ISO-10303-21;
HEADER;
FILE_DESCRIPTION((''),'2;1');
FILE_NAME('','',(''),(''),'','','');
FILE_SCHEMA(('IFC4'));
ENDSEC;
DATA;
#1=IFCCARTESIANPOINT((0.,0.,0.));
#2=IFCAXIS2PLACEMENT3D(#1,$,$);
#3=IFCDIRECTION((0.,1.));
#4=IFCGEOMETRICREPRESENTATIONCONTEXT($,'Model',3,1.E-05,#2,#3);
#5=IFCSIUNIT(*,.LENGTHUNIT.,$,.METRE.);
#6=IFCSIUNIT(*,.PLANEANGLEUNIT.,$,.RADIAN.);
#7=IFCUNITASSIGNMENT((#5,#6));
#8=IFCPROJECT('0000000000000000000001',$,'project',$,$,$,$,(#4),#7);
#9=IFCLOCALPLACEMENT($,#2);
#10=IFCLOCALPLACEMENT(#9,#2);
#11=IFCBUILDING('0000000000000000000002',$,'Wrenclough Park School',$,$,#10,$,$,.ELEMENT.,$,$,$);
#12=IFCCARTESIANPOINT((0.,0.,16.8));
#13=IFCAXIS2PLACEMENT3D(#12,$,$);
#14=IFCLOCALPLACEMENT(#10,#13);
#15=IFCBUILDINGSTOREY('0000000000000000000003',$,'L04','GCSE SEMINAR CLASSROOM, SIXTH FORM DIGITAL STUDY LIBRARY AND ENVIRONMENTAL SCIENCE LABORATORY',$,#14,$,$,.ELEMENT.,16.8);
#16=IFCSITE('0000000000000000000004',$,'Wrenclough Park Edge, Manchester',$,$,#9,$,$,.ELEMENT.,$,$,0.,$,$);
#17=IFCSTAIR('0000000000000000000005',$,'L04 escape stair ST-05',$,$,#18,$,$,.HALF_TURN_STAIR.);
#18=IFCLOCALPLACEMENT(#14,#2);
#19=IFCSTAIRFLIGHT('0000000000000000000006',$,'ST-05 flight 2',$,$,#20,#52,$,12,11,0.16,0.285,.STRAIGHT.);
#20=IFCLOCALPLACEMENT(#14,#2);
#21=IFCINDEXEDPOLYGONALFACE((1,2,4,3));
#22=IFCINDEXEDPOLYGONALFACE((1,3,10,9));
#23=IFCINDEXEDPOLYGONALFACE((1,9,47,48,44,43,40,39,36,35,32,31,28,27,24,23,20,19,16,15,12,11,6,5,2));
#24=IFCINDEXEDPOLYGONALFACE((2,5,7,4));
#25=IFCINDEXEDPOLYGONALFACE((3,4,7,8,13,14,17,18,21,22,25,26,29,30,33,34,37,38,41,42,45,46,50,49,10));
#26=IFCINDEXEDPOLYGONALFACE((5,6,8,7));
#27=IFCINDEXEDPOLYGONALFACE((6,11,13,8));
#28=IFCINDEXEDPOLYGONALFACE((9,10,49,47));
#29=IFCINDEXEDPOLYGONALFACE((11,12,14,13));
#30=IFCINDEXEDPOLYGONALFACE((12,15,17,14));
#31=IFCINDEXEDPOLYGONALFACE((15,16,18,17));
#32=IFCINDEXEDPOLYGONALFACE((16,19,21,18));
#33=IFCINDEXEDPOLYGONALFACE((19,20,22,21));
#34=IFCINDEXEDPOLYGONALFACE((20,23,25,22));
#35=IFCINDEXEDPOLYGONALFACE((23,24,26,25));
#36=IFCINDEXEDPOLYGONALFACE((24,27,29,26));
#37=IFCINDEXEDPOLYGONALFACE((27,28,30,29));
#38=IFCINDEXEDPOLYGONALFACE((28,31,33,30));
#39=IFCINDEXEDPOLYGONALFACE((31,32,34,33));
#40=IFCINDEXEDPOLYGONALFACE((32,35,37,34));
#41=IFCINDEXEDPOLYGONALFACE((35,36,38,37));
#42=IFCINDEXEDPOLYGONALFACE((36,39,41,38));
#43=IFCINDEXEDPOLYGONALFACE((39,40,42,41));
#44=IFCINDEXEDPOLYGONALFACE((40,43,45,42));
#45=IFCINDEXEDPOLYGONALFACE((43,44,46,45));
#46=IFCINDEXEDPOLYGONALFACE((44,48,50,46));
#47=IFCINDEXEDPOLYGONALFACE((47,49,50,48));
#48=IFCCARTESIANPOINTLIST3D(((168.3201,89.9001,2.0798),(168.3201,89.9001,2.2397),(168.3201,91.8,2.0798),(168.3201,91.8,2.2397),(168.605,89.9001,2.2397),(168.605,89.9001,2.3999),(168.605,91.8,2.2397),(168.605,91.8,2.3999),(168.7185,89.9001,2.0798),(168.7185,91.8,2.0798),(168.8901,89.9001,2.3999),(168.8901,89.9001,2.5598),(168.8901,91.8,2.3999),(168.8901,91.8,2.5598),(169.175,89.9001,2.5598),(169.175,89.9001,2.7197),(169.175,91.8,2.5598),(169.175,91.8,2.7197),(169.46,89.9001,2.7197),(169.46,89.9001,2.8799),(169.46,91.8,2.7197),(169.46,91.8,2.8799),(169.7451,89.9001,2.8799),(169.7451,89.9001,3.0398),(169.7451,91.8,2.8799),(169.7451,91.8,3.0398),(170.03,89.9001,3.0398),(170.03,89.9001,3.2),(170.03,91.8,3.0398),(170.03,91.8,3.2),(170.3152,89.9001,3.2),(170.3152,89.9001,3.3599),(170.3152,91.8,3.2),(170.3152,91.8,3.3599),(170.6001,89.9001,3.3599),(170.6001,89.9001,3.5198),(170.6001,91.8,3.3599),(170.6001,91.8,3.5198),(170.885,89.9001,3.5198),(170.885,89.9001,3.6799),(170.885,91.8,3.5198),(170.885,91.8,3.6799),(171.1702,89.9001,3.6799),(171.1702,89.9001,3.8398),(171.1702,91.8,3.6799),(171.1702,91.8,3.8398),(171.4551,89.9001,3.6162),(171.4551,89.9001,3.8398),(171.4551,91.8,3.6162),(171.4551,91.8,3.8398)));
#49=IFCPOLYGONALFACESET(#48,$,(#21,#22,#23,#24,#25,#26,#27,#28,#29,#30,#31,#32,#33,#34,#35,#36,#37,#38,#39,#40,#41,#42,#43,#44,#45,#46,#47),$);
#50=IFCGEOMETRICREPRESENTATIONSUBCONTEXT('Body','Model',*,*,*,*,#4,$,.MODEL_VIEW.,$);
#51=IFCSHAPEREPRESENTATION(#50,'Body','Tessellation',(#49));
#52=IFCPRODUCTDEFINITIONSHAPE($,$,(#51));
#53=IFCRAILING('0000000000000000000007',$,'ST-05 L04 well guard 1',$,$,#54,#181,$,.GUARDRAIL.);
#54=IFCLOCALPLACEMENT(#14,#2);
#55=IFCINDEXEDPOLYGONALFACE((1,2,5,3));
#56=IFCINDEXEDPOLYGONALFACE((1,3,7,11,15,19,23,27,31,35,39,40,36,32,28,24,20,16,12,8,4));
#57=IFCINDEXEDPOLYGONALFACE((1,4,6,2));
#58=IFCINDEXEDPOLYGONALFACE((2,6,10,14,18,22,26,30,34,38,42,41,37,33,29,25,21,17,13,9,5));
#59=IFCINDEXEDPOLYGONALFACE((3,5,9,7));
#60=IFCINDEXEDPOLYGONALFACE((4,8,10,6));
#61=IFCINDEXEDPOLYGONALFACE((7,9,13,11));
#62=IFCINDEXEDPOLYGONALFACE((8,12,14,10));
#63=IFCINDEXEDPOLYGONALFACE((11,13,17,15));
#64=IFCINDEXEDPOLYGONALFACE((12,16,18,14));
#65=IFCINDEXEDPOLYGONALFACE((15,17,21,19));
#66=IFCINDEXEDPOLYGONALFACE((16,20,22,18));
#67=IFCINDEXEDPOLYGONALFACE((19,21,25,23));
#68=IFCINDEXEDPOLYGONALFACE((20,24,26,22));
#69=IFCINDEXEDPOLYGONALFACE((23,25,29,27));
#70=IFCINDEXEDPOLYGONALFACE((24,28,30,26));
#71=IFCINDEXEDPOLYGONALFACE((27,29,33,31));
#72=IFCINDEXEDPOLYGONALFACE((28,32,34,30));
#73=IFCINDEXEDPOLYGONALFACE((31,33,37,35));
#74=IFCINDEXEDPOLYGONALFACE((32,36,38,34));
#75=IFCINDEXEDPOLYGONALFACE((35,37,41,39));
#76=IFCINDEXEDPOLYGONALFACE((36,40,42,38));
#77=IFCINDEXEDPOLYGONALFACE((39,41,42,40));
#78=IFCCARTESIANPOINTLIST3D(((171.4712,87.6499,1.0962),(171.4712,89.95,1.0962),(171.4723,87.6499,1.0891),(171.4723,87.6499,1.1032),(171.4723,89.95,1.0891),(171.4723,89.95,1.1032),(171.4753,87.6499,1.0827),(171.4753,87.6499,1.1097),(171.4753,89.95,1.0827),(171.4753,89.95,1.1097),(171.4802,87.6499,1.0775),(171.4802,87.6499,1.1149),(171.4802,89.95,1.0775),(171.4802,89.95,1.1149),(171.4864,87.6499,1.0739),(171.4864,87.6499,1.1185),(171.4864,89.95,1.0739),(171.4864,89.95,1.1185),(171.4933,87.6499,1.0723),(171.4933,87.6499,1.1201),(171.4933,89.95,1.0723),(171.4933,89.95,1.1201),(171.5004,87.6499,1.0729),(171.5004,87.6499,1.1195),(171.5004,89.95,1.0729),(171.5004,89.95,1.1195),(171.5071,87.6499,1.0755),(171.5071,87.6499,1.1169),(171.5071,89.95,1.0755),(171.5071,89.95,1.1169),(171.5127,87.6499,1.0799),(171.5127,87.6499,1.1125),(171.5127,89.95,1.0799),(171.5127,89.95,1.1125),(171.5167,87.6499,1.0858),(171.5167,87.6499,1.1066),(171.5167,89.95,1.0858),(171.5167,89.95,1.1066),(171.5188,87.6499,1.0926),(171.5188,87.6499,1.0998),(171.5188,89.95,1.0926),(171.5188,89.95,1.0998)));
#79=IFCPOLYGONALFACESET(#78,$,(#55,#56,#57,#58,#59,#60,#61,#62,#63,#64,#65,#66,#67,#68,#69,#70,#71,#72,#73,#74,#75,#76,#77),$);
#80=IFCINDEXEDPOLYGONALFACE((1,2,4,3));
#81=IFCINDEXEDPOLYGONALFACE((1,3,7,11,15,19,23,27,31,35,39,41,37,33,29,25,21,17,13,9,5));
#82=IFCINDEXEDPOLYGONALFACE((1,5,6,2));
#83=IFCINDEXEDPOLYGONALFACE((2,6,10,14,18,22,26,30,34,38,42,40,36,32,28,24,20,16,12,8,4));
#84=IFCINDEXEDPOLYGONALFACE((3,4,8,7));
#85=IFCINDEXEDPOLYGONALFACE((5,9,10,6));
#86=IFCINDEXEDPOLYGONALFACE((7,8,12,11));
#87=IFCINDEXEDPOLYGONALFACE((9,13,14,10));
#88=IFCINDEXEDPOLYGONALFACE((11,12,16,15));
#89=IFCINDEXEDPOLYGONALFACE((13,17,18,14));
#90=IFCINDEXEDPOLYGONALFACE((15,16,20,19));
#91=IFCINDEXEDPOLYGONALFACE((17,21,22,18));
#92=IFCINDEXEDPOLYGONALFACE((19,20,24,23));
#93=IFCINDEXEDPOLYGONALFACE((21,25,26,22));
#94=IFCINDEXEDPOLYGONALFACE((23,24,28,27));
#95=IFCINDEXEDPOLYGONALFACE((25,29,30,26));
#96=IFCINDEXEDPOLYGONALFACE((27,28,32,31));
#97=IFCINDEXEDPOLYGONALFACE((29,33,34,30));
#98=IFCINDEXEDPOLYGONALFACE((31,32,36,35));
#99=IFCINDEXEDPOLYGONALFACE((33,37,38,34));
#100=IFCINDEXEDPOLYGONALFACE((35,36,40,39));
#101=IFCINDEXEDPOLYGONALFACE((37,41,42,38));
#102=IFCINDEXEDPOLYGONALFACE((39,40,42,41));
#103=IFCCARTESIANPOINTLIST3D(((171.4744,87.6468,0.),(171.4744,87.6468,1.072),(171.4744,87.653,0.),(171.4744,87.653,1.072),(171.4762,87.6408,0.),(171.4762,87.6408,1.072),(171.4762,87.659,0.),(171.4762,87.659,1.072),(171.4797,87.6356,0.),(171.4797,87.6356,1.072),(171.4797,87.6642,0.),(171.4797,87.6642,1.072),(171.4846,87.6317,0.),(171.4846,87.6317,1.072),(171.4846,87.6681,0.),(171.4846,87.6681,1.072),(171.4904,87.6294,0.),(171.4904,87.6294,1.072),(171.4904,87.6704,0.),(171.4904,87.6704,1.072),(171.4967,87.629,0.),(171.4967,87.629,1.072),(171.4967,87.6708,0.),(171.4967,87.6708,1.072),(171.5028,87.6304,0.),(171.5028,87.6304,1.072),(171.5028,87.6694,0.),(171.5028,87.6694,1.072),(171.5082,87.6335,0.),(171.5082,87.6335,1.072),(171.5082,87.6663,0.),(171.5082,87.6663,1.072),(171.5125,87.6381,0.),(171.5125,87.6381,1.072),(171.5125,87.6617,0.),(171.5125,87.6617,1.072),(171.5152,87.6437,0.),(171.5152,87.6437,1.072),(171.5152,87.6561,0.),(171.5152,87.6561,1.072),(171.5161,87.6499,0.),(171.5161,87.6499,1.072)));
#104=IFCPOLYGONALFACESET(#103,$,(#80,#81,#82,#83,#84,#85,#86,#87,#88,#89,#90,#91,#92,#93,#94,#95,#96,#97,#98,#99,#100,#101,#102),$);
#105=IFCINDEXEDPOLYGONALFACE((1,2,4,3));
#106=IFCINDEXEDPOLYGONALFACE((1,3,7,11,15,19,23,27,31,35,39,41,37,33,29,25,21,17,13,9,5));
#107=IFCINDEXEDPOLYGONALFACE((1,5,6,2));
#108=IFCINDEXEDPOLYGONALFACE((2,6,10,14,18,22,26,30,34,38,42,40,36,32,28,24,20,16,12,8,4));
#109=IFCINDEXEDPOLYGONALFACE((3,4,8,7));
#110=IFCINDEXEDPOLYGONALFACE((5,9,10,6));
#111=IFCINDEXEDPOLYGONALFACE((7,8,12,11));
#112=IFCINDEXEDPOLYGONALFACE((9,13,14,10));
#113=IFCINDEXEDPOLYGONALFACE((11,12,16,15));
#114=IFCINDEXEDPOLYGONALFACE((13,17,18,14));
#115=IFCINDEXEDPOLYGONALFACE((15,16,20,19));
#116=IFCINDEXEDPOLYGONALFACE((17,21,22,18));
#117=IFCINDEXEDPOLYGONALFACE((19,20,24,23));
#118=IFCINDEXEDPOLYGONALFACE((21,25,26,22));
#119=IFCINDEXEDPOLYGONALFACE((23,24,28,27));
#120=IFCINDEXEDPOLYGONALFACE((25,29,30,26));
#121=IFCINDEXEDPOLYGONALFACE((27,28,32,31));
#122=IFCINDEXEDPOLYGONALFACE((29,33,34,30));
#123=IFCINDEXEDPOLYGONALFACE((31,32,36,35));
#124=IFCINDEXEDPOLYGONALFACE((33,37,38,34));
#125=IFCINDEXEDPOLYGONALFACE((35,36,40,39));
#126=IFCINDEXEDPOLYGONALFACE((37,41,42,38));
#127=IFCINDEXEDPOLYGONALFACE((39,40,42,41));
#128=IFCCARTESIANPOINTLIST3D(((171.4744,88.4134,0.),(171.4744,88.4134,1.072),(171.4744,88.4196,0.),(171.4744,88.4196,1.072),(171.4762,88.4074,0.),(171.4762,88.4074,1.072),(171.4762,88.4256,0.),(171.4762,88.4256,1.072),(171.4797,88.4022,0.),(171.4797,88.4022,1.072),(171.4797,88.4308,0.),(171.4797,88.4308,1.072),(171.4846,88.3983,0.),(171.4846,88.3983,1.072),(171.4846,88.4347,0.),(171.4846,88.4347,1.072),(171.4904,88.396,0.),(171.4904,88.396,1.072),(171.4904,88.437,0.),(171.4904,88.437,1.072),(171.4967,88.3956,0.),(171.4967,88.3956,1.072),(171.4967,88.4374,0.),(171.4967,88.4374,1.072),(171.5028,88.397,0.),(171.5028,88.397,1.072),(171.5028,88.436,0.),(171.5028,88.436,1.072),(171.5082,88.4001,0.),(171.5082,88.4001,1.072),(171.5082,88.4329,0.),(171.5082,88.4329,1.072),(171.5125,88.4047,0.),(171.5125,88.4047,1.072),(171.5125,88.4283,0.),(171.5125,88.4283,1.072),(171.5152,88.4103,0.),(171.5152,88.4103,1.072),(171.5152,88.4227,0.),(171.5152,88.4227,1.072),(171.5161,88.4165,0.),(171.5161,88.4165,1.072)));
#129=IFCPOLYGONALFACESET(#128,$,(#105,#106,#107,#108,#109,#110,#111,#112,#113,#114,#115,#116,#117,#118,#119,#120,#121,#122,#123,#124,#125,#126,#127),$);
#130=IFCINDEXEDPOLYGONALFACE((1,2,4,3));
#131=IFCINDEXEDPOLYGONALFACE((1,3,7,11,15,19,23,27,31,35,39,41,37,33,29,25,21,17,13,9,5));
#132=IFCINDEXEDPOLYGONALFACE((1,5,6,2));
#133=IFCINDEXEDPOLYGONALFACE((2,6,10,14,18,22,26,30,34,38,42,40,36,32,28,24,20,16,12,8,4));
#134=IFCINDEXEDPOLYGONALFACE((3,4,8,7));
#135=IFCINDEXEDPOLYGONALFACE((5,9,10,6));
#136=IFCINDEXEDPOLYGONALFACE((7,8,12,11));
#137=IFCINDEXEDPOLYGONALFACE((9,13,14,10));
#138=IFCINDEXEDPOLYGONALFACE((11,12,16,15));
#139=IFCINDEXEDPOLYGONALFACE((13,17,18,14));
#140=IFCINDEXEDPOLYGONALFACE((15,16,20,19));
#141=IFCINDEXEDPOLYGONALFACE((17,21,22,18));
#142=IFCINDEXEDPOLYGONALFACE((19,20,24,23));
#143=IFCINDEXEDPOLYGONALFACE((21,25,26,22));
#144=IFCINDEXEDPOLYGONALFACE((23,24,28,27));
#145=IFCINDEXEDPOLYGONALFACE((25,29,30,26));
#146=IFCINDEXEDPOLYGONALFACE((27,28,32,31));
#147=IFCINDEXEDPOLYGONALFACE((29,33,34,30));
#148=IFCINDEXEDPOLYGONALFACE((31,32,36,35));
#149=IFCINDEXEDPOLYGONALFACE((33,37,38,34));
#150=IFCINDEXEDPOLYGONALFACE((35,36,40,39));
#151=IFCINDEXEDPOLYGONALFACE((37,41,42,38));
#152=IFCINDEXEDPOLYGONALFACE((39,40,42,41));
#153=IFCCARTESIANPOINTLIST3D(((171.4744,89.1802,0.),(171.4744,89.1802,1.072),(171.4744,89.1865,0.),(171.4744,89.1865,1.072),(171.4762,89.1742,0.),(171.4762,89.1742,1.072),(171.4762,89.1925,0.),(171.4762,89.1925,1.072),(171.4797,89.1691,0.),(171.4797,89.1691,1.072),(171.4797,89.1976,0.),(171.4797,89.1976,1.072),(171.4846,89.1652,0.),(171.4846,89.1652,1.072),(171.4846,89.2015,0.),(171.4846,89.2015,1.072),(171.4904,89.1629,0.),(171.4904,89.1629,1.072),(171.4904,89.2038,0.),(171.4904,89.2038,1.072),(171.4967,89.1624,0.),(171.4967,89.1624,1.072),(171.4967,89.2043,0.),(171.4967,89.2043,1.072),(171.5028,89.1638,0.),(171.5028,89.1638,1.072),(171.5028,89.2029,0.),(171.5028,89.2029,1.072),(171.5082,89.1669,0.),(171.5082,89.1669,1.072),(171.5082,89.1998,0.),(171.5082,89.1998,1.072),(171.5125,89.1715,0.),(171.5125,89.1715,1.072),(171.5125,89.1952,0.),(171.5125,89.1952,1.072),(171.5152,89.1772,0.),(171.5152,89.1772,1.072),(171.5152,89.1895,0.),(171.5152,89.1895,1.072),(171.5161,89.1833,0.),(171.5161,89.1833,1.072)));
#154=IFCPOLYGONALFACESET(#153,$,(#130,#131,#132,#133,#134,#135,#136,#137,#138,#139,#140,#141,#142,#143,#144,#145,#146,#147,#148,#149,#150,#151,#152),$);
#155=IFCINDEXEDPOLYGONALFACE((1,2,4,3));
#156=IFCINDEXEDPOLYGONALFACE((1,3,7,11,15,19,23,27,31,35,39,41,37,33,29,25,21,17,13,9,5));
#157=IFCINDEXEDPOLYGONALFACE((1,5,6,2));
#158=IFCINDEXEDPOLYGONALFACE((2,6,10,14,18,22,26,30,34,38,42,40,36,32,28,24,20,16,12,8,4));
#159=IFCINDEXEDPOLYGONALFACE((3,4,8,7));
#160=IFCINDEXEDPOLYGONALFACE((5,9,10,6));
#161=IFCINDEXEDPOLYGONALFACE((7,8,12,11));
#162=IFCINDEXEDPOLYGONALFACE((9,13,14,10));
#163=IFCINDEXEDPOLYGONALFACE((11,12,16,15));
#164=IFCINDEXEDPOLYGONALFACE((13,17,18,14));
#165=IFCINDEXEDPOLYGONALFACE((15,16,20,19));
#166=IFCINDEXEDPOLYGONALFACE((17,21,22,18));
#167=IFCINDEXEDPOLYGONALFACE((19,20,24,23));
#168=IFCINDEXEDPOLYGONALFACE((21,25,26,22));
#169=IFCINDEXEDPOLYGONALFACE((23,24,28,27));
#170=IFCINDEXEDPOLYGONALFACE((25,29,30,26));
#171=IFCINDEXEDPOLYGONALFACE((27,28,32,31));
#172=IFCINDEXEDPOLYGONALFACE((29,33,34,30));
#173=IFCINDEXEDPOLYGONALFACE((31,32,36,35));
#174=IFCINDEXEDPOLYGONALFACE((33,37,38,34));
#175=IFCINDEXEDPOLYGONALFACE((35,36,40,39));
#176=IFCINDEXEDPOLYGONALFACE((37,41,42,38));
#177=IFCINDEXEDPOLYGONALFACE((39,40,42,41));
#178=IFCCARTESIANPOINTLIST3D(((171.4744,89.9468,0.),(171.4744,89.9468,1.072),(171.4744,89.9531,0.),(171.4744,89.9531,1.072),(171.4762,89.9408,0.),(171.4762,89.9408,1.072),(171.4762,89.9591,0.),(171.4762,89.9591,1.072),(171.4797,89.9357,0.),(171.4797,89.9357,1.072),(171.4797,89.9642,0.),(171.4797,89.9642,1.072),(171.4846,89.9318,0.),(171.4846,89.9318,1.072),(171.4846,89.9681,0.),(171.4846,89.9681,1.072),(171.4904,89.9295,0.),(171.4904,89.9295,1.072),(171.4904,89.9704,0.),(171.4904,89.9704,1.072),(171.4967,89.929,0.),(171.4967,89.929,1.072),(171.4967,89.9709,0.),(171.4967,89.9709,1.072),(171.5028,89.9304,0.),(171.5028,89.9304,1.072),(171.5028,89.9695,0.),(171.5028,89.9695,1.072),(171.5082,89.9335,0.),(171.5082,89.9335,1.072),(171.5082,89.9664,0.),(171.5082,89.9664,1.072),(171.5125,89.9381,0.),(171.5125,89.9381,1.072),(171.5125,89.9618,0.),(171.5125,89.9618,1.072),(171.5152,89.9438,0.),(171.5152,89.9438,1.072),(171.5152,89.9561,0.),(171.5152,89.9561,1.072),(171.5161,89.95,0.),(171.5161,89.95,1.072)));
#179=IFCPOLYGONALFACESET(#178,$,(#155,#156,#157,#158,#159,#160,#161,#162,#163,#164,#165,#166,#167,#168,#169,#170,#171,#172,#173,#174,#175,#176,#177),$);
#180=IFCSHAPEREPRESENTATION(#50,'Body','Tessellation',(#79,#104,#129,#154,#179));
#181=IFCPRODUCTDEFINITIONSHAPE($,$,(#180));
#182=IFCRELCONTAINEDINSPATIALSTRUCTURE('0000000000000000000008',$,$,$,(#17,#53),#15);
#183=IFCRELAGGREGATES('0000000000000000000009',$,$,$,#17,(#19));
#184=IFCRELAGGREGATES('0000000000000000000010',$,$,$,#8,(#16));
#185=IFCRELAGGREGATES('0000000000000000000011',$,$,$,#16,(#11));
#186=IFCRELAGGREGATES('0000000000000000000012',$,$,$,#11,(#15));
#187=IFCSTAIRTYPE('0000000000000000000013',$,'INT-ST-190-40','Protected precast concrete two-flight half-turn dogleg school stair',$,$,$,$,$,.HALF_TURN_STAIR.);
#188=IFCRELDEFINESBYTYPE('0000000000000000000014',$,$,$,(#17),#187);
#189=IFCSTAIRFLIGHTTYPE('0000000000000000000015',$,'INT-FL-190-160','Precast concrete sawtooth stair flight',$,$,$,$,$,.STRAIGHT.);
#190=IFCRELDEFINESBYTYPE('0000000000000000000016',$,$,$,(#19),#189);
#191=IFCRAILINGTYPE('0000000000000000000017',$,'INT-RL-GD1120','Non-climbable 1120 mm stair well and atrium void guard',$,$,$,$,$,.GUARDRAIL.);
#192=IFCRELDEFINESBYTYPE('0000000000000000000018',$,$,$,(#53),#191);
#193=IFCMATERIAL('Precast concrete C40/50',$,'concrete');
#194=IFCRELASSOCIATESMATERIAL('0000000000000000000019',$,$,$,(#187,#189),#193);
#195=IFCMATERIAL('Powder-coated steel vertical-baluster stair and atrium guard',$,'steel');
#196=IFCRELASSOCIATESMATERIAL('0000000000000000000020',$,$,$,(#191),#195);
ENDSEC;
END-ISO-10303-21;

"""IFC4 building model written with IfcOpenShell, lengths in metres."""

from ifc_helpers import new_model, si_unit, direction, frame, origin, origin_2d, place, context, subcontext, project, spatial, polyline, circle, outline, extrude, material, type_object, element, aggregate, save


model = new_model("IFC4")

# Units and contexts
model_context = context("Model", 3, precision=1e-05, world=origin(), true_north=direction((0.0, 1.0)))
body_context = subcontext(model_context, "Body", "Model", "MODEL_VIEW")
ifc_project = project(units=[si_unit("LENGTHUNIT", "METRE"), si_unit("PLANEANGLEUNIT", "RADIAN")], contexts=[model_context])

# Site, building, storey
site_placement = place(None, origin())
site = spatial("IfcSite", under=ifc_project, at=site_placement, Name="Wrenclough Park Edge, Manchester", CompositionType="ELEMENT", RefElevation=0.0)
building_placement = place(site_placement, origin())
building = spatial("IfcBuilding", under=site, at=building_placement, Name="Wrenclough Park School", CompositionType="ELEMENT")
storey_placement = place(building_placement, frame((0.0, 0.0, 16.8)))
storey = spatial("IfcBuildingStorey", under=building, at=storey_placement, Name="L04", Description="GCSE SEMINAR CLASSROOM, SIXTH FORM DIGITAL STUDY LIBRARY AND ENVIRONMENTAL SCIENCE LABORATORY", CompositionType="ELEMENT", Elevation=16.8)

# Stair, stair flight
ifc_material_1 = material(Name="Precast concrete C40/50", Category="concrete")
stair_type = type_object("IfcStairType", Name="INT-ST-190-40", Description="Protected precast concrete two-flight half-turn dogleg school stair", PredefinedType="HALF_TURN_STAIR", material=ifc_material_1)
stair_placement = place(storey_placement, origin())
stair = element("IfcStair", 1, at=stair_placement, inside=storey, type_object=stair_type, Name="L04 escape stair ST-05", PredefinedType="HALF_TURN_STAIR")
stair_flight_type = type_object("IfcStairFlightType", Name="INT-FL-190-160", Description="Precast concrete sawtooth stair flight", PredefinedType="STRAIGHT", material=ifc_material_1)
stair_flight_1_placement = place(storey_placement, frame((168.3201, 90.8501, 2.0798), z_axis=(0.0, 0.0, 1.0), x_axis=(1.0, 0.0, 0.0)))
stair_flight_1 = element("IfcStairFlight", 2, at=stair_flight_1_placement, type_object=stair_flight_type, Name="ST-05 flight 2", NumberOfRisers=12, NumberOfTreads=11, PredefinedType="STRAIGHT", RiserHeight=0.16, TreadLength=0.285, context=body_context, shape_type="SweptSolid", body=[
    extrude(outline(polyline([(0.0, 0.0), (0.0, 0.1599), (0.2849, 0.1599), (0.2849, 0.3201), (0.5701, 0.3201), (0.5701, 0.48), (0.855, 0.48), (0.855, 0.6399), (1.1399, 0.6399), (1.1399, 0.8), (1.425, 0.8), (1.425, 0.96), (1.71, 0.96), (1.71, 1.1201), (1.9951, 1.1201), (1.9951, 1.28), (2.28, 1.28), (2.28, 1.4399), (2.5649, 1.4399), (2.5649, 1.6001), (2.8501, 1.6001), (2.8501, 1.76), (3.135, 1.76), (3.135, 1.9199), (3.135, 1.5364), (0.3984, 0.0), (0.0, 0.0)])), frame((0.0, 0.95, 0.0), z_axis=(0.0, -1.0, 0.0), x_axis=(1.0, 0.0, 0.0)), (0.0, 0.0, 1.0), 1.8999),
])
aggregate(stair, [stair_flight_1])

# Railing
ifc_material_2 = material(Name="Powder-coated steel vertical-baluster stair and atrium guard", Category="steel")
railing_type_1 = type_object("IfcRailingType", Name="INT-RL-GD1120", Description="Non-climbable 1120 mm stair well and atrium void guard", PredefinedType="GUARDRAIL", material=ifc_material_2)
railing_1_placement = place(storey_placement, frame((171.4951, 87.6499, 0.0)))
element("IfcRailing", 3, at=railing_1_placement, inside=storey, type_object=railing_type_1, Name="ST-05 L04 well guard 1", PredefinedType="GUARDRAIL", context=body_context, shape_type="SweptSolid", body=[
    extrude(circle(Radius=0.0239, at=origin_2d()), frame((0.0, 0.0, 1.0962), z_axis=(0.0, 1.0, 0.0), x_axis=(-1.0, 0.0, 0.0)), (0.0, 0.0, 1.0), 2.3),
    extrude(circle(Radius=0.021, at=origin_2d()), origin(), (0.0, 0.0, 1.0), 1.072),
    extrude(circle(Radius=0.021, at=origin_2d()), frame((0.0, 0.7666, 0.0)), (0.0, 0.0, 1.0), 1.072),
    extrude(circle(Radius=0.021, at=origin_2d()), frame((0.0, 1.5334, 0.0)), (0.0, 0.0, 1.0), 1.072),
    extrude(circle(Radius=0.021, at=origin_2d()), frame((0.0, 2.3, 0.0)), (0.0, 0.0, 1.0), 1.072),
])

save(model, "model.ifc")
